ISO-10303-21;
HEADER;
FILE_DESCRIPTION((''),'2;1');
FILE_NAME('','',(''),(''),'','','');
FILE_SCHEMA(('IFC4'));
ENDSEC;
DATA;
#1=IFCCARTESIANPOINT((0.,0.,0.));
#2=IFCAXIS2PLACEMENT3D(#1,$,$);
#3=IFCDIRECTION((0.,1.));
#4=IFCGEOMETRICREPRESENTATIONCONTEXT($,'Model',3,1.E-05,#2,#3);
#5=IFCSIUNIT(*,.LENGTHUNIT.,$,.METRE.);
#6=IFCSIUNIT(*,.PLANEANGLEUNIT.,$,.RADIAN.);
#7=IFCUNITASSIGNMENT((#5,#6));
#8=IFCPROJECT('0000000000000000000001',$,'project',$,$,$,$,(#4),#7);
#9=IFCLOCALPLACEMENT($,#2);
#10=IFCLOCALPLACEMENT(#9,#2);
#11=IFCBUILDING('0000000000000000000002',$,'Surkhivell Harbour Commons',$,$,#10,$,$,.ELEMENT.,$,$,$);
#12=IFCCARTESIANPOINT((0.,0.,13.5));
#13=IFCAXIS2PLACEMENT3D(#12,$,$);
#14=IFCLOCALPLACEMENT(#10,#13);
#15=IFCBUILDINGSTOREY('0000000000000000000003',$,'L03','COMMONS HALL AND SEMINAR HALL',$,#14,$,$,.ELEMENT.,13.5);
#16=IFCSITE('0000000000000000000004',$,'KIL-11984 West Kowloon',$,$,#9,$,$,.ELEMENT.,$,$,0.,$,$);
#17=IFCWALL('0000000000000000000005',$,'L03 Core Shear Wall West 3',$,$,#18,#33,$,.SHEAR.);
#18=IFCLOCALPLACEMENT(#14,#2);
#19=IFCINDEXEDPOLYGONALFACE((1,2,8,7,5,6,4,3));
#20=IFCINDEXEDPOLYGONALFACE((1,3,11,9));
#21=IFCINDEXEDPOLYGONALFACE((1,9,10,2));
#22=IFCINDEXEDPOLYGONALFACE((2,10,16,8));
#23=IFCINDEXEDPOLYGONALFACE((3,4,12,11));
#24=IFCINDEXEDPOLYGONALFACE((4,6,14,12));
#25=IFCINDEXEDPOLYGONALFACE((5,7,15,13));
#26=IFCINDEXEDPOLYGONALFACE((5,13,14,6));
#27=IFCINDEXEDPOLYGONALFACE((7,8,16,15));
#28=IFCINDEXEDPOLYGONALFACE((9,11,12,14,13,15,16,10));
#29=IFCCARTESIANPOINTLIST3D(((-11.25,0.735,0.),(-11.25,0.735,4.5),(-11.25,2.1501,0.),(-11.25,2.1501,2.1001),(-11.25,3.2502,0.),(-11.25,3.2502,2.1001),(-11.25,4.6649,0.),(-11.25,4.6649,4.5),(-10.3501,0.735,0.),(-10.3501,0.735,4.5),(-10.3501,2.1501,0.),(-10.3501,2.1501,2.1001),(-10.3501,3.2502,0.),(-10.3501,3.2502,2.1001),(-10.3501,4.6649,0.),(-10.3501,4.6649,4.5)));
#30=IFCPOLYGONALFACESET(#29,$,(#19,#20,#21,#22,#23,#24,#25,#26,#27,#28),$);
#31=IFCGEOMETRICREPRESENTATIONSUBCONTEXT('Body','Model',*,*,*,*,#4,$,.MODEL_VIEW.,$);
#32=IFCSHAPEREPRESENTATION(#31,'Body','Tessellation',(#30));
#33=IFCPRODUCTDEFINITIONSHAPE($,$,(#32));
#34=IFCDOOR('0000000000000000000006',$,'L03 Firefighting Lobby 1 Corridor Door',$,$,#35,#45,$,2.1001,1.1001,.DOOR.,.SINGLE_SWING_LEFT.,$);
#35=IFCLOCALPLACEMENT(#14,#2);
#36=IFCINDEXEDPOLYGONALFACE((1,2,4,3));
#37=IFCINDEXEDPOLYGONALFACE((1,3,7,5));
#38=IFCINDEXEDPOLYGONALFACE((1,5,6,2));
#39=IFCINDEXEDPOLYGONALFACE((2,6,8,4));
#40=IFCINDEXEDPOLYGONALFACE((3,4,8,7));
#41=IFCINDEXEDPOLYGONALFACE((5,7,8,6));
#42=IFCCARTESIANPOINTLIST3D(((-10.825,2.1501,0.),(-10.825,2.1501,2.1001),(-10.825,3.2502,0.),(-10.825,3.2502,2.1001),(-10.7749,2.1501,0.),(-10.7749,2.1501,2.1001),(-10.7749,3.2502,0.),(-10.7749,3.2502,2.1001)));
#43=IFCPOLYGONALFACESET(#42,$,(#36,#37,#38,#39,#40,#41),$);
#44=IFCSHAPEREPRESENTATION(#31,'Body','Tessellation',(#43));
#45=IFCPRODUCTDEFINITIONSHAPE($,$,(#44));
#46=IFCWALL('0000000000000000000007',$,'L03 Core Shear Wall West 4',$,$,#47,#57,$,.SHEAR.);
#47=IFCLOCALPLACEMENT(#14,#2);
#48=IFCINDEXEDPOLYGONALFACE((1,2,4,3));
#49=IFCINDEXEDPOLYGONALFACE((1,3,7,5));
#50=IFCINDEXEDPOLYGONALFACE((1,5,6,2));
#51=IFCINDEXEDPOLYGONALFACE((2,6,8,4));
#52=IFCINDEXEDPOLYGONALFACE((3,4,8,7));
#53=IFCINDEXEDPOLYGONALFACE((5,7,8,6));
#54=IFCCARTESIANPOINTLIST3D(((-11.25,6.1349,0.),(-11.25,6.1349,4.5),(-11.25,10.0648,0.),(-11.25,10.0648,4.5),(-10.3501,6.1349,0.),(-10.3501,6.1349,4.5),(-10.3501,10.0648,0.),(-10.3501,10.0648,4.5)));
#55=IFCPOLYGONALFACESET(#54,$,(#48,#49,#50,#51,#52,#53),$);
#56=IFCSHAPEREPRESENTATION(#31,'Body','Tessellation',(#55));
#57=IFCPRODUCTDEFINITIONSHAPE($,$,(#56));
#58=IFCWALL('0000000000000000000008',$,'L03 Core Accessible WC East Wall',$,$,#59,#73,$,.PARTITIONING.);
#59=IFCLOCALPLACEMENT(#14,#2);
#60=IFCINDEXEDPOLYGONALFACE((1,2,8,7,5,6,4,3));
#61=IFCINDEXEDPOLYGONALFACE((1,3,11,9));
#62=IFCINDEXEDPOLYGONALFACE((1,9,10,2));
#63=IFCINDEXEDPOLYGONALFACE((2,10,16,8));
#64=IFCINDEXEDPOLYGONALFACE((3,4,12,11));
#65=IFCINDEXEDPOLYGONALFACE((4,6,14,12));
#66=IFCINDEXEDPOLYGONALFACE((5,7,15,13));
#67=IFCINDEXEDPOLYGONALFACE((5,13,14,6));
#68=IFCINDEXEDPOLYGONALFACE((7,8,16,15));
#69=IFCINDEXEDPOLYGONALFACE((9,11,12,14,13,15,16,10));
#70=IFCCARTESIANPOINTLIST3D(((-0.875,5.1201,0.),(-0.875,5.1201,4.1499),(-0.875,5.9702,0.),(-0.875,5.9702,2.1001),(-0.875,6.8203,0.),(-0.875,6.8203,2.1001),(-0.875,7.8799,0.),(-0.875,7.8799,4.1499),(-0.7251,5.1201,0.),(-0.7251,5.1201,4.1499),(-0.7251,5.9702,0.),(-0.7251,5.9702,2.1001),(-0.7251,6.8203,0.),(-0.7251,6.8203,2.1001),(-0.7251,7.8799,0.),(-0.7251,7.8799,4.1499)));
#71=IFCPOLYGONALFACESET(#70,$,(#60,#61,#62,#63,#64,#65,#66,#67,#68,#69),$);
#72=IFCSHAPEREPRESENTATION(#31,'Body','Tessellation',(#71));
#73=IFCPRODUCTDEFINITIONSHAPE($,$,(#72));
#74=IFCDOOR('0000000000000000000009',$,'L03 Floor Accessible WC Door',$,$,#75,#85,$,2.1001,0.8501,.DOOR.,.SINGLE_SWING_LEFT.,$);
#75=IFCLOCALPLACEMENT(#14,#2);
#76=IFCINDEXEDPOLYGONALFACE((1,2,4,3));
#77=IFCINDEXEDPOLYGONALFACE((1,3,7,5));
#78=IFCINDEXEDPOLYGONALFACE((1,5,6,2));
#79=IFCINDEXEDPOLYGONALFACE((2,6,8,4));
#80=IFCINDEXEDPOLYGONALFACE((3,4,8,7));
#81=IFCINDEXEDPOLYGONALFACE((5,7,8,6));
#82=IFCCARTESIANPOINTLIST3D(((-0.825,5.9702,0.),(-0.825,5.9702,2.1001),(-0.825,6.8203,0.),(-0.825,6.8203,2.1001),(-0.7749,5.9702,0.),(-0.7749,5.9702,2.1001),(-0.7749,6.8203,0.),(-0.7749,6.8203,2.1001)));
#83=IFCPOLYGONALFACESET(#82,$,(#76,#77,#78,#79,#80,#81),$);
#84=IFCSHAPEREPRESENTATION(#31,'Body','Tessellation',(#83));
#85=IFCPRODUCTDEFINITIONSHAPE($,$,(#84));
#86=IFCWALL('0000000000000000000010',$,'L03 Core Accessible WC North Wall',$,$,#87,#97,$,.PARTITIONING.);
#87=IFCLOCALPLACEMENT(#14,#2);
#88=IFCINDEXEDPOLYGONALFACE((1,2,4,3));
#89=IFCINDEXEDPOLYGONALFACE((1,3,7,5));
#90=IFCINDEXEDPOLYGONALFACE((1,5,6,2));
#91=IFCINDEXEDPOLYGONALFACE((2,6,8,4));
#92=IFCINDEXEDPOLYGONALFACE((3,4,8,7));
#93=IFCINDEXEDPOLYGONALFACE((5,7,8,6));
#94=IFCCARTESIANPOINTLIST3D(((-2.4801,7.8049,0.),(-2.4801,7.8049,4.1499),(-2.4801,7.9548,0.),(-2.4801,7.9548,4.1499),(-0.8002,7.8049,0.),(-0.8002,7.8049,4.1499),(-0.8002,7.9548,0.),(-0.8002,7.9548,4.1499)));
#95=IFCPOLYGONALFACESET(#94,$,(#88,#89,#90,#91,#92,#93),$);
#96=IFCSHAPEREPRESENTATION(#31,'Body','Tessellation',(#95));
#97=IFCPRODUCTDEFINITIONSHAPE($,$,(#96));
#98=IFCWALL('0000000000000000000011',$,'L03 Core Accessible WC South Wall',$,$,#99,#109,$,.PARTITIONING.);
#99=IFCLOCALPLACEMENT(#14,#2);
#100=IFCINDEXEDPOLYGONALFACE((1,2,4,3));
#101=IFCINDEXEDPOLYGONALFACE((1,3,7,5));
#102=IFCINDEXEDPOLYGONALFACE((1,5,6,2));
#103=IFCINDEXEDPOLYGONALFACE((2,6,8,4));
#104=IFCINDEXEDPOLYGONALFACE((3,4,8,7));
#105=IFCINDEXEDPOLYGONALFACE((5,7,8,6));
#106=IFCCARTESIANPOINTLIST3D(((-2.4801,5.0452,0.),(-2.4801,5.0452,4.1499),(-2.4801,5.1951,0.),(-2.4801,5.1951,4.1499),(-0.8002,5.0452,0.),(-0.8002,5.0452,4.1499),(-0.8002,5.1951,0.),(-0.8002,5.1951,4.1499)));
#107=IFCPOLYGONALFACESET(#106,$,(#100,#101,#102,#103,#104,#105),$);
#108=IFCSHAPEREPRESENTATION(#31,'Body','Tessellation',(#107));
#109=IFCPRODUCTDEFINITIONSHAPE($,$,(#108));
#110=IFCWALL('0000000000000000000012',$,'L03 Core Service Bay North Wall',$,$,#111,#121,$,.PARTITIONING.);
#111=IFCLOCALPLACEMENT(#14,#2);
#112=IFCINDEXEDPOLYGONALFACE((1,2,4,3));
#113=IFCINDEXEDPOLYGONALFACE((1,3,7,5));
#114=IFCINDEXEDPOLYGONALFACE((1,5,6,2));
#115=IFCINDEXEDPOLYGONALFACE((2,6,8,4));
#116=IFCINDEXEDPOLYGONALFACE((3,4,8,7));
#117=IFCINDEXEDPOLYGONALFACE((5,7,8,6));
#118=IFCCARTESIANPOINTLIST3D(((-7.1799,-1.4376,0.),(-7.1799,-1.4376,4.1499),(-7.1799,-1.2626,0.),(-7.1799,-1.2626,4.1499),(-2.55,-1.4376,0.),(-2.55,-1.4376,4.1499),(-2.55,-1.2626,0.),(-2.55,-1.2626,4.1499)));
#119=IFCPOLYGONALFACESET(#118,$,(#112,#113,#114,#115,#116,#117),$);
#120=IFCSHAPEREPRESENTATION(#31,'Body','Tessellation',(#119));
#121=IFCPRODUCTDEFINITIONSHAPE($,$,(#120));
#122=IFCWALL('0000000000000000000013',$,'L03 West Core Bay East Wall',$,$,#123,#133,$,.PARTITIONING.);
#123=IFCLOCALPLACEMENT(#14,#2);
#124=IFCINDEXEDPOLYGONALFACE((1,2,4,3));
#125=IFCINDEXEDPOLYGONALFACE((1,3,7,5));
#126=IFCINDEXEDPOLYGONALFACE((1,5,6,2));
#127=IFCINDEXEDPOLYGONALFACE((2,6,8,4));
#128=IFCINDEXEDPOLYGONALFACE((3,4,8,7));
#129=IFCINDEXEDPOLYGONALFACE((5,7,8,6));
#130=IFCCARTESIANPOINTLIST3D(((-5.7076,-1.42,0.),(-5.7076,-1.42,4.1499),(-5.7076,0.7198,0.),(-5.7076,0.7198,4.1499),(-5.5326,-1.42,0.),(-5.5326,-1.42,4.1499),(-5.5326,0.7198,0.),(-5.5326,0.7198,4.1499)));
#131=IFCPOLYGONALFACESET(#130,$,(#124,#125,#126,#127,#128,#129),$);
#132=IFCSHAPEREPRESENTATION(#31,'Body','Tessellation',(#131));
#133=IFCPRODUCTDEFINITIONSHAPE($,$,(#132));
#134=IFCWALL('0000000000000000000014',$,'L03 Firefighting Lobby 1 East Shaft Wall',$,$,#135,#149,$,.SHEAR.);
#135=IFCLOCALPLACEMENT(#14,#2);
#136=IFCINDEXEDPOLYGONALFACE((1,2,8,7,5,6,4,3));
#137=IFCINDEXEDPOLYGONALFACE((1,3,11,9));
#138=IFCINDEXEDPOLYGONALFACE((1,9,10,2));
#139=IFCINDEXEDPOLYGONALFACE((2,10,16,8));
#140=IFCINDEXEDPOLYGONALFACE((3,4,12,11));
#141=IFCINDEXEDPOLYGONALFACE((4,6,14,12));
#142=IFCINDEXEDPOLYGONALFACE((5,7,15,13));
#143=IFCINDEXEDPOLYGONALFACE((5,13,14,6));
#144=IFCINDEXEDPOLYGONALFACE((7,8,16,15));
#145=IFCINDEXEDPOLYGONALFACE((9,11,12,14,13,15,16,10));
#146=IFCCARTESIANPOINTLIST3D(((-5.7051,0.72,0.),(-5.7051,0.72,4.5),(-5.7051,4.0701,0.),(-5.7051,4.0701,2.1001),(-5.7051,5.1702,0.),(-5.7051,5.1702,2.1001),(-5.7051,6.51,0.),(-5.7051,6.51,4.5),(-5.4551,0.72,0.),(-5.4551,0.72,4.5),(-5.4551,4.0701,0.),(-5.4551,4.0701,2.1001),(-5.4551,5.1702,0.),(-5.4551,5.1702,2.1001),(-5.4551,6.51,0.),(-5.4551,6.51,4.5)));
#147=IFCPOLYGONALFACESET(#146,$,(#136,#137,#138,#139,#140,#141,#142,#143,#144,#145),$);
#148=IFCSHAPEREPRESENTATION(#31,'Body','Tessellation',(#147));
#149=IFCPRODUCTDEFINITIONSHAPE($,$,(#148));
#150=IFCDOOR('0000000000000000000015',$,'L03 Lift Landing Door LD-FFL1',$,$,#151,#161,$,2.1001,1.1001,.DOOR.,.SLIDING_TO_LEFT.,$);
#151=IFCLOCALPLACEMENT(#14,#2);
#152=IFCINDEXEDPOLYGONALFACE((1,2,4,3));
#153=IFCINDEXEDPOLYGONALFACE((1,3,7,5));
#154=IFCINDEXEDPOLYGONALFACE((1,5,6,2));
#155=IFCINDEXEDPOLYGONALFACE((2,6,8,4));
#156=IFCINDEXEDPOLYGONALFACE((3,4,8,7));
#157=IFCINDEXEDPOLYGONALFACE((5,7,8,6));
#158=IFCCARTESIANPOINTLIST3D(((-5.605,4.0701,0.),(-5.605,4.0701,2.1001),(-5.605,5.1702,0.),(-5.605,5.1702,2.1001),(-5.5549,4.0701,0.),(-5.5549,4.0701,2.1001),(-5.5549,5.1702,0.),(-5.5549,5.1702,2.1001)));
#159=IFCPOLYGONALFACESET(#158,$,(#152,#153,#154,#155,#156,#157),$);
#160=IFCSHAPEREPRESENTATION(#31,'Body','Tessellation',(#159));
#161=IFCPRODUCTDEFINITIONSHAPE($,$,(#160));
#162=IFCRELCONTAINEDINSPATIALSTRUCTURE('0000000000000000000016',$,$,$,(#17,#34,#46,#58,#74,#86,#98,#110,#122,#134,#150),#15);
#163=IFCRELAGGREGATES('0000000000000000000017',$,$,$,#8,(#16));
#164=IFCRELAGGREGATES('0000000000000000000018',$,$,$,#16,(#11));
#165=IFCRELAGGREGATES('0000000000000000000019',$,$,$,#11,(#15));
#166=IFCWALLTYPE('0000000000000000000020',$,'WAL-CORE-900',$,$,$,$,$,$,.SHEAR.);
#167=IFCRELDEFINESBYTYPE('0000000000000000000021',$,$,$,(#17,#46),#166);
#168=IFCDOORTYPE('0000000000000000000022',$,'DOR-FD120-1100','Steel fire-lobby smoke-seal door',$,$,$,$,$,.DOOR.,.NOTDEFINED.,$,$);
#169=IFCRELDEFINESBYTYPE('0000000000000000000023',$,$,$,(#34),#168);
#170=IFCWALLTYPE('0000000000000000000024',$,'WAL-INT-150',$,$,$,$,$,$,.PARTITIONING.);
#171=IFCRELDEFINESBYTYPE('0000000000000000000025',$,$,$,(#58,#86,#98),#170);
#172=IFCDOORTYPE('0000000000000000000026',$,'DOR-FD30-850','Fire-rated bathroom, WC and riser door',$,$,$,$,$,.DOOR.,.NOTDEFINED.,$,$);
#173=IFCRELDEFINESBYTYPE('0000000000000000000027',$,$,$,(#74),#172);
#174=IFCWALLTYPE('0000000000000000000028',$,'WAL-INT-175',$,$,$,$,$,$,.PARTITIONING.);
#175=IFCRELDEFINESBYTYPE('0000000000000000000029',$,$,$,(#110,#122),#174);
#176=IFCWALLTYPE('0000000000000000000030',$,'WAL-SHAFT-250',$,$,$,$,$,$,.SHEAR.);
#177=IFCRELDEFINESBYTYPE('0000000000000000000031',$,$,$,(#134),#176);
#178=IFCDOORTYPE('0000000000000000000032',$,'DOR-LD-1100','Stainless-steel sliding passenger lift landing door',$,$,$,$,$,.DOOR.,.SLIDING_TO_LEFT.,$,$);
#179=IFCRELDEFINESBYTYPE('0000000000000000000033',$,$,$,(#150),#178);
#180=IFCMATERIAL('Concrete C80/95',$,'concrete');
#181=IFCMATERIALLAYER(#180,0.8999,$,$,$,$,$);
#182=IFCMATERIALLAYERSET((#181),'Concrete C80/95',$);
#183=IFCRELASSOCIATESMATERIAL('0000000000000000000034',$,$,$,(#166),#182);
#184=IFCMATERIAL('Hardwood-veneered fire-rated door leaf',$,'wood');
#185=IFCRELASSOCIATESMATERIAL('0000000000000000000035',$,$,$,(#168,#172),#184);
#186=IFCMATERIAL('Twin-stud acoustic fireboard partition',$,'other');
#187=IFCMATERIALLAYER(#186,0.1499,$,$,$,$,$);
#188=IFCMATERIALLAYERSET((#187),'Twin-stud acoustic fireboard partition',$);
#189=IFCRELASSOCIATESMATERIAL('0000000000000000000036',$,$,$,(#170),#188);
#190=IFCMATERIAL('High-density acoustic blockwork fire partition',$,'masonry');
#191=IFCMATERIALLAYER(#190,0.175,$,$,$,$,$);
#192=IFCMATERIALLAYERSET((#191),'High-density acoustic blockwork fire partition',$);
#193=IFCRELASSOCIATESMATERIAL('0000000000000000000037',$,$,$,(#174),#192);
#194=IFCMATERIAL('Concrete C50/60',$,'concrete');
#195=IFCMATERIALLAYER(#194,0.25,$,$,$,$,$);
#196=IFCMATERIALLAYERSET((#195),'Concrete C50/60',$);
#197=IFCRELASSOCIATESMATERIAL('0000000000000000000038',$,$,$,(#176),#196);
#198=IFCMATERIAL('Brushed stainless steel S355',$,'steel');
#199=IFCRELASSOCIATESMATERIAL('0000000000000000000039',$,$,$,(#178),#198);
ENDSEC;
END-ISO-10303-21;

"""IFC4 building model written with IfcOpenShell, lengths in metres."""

from ifc_helpers import new_model, si_unit, direction, frame, frame_2d, origin, place, context, subcontext, project, spatial, rectangle, extrude, material, layer, layer_set, type_object, element, fill, save


model = new_model("IFC4")

# Units and contexts
model_context = context("Model", 3, precision=1e-05, world=origin(), true_north=direction((0.0, 1.0)))
body_context = subcontext(model_context, "Body", "Model", "MODEL_VIEW")
ifc_project = project(units=[si_unit("LENGTHUNIT", "METRE"), si_unit("PLANEANGLEUNIT", "RADIAN")], contexts=[model_context])

# Site, building, storey
site_placement = place(None, origin())
site = spatial("IfcSite", under=ifc_project, at=site_placement, Name="KIL-11984 West Kowloon", CompositionType="ELEMENT", RefElevation=0.0)
building_placement = place(site_placement, origin())
building = spatial("IfcBuilding", under=site, at=building_placement, Name="Surkhivell Harbour Commons", CompositionType="ELEMENT")
storey_placement = place(building_placement, frame((0.0, 0.0, 13.5)))
storey = spatial("IfcBuildingStorey", under=building, at=storey_placement, Name="L03", Description="COMMONS HALL AND SEMINAR HALL", CompositionType="ELEMENT", Elevation=13.5)

# Shared definitions
ifc_material_1 = material(Name="Concrete C80/95", Category="concrete")

# Shared definitions
ifc_material_2 = material(Name="Concrete C50/60", Category="concrete")

# Wall, opening, door
ifc_layer_1 = layer(ifc_material_1, 0.8999)
ifc_layer_set_1 = layer_set([ifc_layer_1], Name="Concrete C80/95")
wall_type_1 = type_object("IfcWallType", Name="WAL-CORE-900", PredefinedType="SHEAR", material=ifc_layer_set_1)
wall_1_placement = place(storey_placement, frame((-10.8, 0.7351, 0.0), z_axis=(0.0, 0.0, 1.0), x_axis=(0.0, 1.0, 0.0)))
wall_1 = element("IfcWall", 1, at=wall_1_placement, inside=storey, type_object=wall_type_1, Name="L03 Core Shear Wall West 3", PredefinedType="SHEAR", context=body_context, shape_type="SweptSolid", body=[
    extrude(rectangle(XDim=3.9299, YDim=0.8999, at=frame_2d((1.9648, 0.0))), origin(), (0.0, 0.0, 1.0), 4.5),
])
opening_1_placement = place(wall_1_placement, frame((1.415, 0.0, 0.0)))
opening_1 = element("IfcOpeningElement", 2, at=opening_1_placement, cuts=wall_1, PredefinedType="OPENING", context=body_context, shape_type="SweptSolid", body=[
    extrude(rectangle(XDim=1.1001, YDim=2.1001, at=frame_2d((0.55, 1.05))), frame((0.0, 0.46, 0.0), z_axis=(0.0, -1.0, 0.0), x_axis=(1.0, 0.0, 0.0)), (0.0, 0.0, 1.0), 0.9199),
])
ifc_material_3 = material(Name="Hardwood-veneered fire-rated door leaf", Category="wood")
door_type_1 = type_object("IfcDoorType", Name="DOR-FD120-1100", Description="Steel fire-lobby smoke-seal door", OperationType="NOTDEFINED", PredefinedType="DOOR", material=ifc_material_3)
door_1_placement = place(opening_1_placement, origin())
door_1 = element("IfcDoor", 3, at=door_1_placement, inside=storey, type_object=door_type_1, Name="L03 Firefighting Lobby 1 Corridor Door", OperationType="SINGLE_SWING_LEFT", OverallHeight=2.1001, OverallWidth=1.1001, PredefinedType="DOOR", context=body_context, shape_type="SweptSolid", body=[
    extrude(rectangle(XDim=1.1001, YDim=2.1001, at=frame_2d((0.55, 1.05))), frame((0.0, 0.0249, 0.0), z_axis=(0.0, -1.0, 0.0), x_axis=(1.0, 0.0, 0.0)), (0.0, 0.0, 1.0), 0.05),
])
fill(opening_1, door_1)

# Wall
wall_2_placement = place(storey_placement, frame((-10.8, 6.135, 0.0), z_axis=(0.0, 0.0, 1.0), x_axis=(0.0, 1.0, 0.0)))
element("IfcWall", 4, at=wall_2_placement, inside=storey, type_object=wall_type_1, Name="L03 Core Shear Wall West 4", PredefinedType="SHEAR", context=body_context, shape_type="SweptSolid", body=[
    extrude(rectangle(XDim=3.9299, YDim=0.8999, at=frame_2d((1.9648, 0.0))), origin(), (0.0, 0.0, 1.0), 4.5),
])

# Wall, opening, door
ifc_material_4 = material(Name="Twin-stud acoustic fireboard partition", Category="other")
ifc_layer_2 = layer(ifc_material_4, 0.1499)
ifc_layer_set_2 = layer_set([ifc_layer_2], Name="Twin-stud acoustic fireboard partition")
wall_type_2 = type_object("IfcWallType", Name="WAL-INT-150", PredefinedType="PARTITIONING", material=ifc_layer_set_2)
wall_3_placement = place(storey_placement, frame((-0.8, 5.1201, 0.0), z_axis=(0.0, 0.0, 1.0), x_axis=(0.0, 1.0, 0.0)))
wall_3 = element("IfcWall", 5, at=wall_3_placement, inside=storey, type_object=wall_type_2, Name="L03 Core Accessible WC East Wall", PredefinedType="PARTITIONING", context=body_context, shape_type="SweptSolid", body=[
    extrude(rectangle(XDim=2.7598, YDim=0.1499, at=frame_2d((1.3799, 0.0))), origin(), (0.0, 0.0, 1.0), 4.1499),
])
opening_2_placement = place(wall_3_placement, frame((0.8501, 0.0, 0.0)))
opening_2 = element("IfcOpeningElement", 6, at=opening_2_placement, cuts=wall_3, PredefinedType="OPENING", context=body_context, shape_type="SweptSolid", body=[
    extrude(rectangle(XDim=0.8501, YDim=2.1001, at=frame_2d((0.425, 1.05))), frame((0.0, 0.085, 0.0), z_axis=(0.0, -1.0, 0.0), x_axis=(1.0, 0.0, 0.0)), (0.0, 0.0, 1.0), 0.1699),
])
door_type_2 = type_object("IfcDoorType", Name="DOR-FD30-850", Description="Fire-rated bathroom, WC and riser door", OperationType="NOTDEFINED", PredefinedType="DOOR", material=ifc_material_3)
door_2_placement = place(opening_2_placement, origin())
door_2 = element("IfcDoor", 7, at=door_2_placement, inside=storey, type_object=door_type_2, Name="L03 Floor Accessible WC Door", OperationType="SINGLE_SWING_LEFT", OverallHeight=2.1001, OverallWidth=0.8501, PredefinedType="DOOR", context=body_context, shape_type="SweptSolid", body=[
    extrude(rectangle(XDim=0.8501, YDim=2.1001, at=frame_2d((0.425, 1.05))), frame((0.0, 0.0249, 0.0), z_axis=(0.0, -1.0, 0.0), x_axis=(1.0, 0.0, 0.0)), (0.0, 0.0, 1.0), 0.05),
])
fill(opening_2, door_2)

# Walls
for number, where, z_axis, x_axis, name in (
    (8, (-2.48, 7.8799, 0.0), (0.0, 0.0, 1.0), (1.0, 0.0, 0.0), "L03 Core Accessible WC North Wall"),
    (9, (-2.48, 5.1201, 0.0), (0.0, 0.0, 1.0), (1.0, 0.0, 0.0), "L03 Core Accessible WC South Wall"),
):
    element("IfcWall", number, at=place(storey_placement, frame(where, z_axis=z_axis, x_axis=x_axis)), inside=storey, type_object=wall_type_2, Name=name, PredefinedType="PARTITIONING", context=body_context, shape_type="SweptSolid", body=[
        extrude(rectangle(XDim=1.6799, YDim=0.1499, at=frame_2d((0.8398, 0.0))), origin(), (0.0, 0.0, 1.0), 4.1499),
    ])
ifc_material_5 = material(Name="High-density acoustic blockwork fire partition", Category="masonry")
ifc_layer_3 = layer(ifc_material_5, 0.175)
ifc_layer_set_3 = layer_set([ifc_layer_3], Name="High-density acoustic blockwork fire partition")
wall_type_3 = type_object("IfcWallType", Name="WAL-INT-175", PredefinedType="PARTITIONING", material=ifc_layer_set_3)
wall_4_placement = place(storey_placement, frame((-7.1799, -1.3501, 0.0), z_axis=(0.0, 0.0, 1.0), x_axis=(1.0, 0.0, 0.0)))
element("IfcWall", 10, at=wall_4_placement, inside=storey, type_object=wall_type_3, Name="L03 Core Service Bay North Wall", PredefinedType="PARTITIONING", context=body_context, shape_type="SweptSolid", body=[
    extrude(rectangle(XDim=4.6299, YDim=0.175, at=frame_2d((2.3149, 0.0))), origin(), (0.0, 0.0, 1.0), 4.1499),
])
wall_5_placement = place(storey_placement, frame((-5.6201, -1.4199, 0.0), z_axis=(0.0, 0.0, 1.0), x_axis=(0.0, 1.0, 0.0)))
element("IfcWall", 11, at=wall_5_placement, inside=storey, type_object=wall_type_3, Name="L03 West Core Bay East Wall", PredefinedType="PARTITIONING", context=body_context, shape_type="SweptSolid", body=[
    extrude(rectangle(XDim=2.1399, YDim=0.175, at=frame_2d((1.0698, 0.0))), origin(), (0.0, 0.0, 1.0), 4.1499),
])

# Wall, opening, door
ifc_layer_4 = layer(ifc_material_2, 0.25)
ifc_layer_set_4 = layer_set([ifc_layer_4], Name="Concrete C50/60")
wall_type_4 = type_object("IfcWallType", Name="WAL-SHAFT-250", PredefinedType="SHEAR", material=ifc_layer_set_4)
wall_6_placement = place(storey_placement, frame((-5.5801, 0.72, 0.0), z_axis=(0.0, 0.0, 1.0), x_axis=(0.0, 1.0, 0.0)))
wall_6 = element("IfcWall", 12, at=wall_6_placement, inside=storey, type_object=wall_type_4, Name="L03 Firefighting Lobby 1 East Shaft Wall", PredefinedType="SHEAR", context=body_context, shape_type="SweptSolid", body=[
    extrude(rectangle(XDim=5.79, YDim=0.25, at=frame_2d((2.895, 0.0))), origin(), (0.0, 0.0, 1.0), 4.5),
])
opening_3_placement = place(wall_6_placement, frame((3.3501, 0.0, 0.0)))
opening_3 = element("IfcOpeningElement", 13, at=opening_3_placement, cuts=wall_6, PredefinedType="OPENING", context=body_context, shape_type="SweptSolid", body=[
    extrude(rectangle(XDim=1.1001, YDim=2.1001, at=frame_2d((0.55, 1.05))), frame((0.0, 0.135, 0.0), z_axis=(0.0, -1.0, 0.0), x_axis=(1.0, 0.0, 0.0)), (0.0, 0.0, 1.0), 0.27),
])
ifc_material_6 = material(Name="Brushed stainless steel S355", Category="steel")
door_type_3 = type_object("IfcDoorType", Name="DOR-LD-1100", Description="Stainless-steel sliding passenger lift landing door", OperationType="SLIDING_TO_LEFT", PredefinedType="DOOR", material=ifc_material_6)
door_3_placement = place(opening_3_placement, origin())
door_3 = element("IfcDoor", 14, at=door_3_placement, inside=storey, type_object=door_type_3, Name="L03 Lift Landing Door LD-FFL1", OperationType="SLIDING_TO_LEFT", OverallHeight=2.1001, OverallWidth=1.1001, PredefinedType="DOOR", context=body_context, shape_type="SweptSolid", body=[
    extrude(rectangle(XDim=1.1001, YDim=2.1001, at=frame_2d((0.55, 1.05))), frame((0.0, 0.0249, 0.0), z_axis=(0.0, -1.0, 0.0), x_axis=(1.0, 0.0, 0.0)), (0.0, 0.0, 1.0), 0.05),
])
fill(opening_3, door_3)

save(model, "model.ifc")
